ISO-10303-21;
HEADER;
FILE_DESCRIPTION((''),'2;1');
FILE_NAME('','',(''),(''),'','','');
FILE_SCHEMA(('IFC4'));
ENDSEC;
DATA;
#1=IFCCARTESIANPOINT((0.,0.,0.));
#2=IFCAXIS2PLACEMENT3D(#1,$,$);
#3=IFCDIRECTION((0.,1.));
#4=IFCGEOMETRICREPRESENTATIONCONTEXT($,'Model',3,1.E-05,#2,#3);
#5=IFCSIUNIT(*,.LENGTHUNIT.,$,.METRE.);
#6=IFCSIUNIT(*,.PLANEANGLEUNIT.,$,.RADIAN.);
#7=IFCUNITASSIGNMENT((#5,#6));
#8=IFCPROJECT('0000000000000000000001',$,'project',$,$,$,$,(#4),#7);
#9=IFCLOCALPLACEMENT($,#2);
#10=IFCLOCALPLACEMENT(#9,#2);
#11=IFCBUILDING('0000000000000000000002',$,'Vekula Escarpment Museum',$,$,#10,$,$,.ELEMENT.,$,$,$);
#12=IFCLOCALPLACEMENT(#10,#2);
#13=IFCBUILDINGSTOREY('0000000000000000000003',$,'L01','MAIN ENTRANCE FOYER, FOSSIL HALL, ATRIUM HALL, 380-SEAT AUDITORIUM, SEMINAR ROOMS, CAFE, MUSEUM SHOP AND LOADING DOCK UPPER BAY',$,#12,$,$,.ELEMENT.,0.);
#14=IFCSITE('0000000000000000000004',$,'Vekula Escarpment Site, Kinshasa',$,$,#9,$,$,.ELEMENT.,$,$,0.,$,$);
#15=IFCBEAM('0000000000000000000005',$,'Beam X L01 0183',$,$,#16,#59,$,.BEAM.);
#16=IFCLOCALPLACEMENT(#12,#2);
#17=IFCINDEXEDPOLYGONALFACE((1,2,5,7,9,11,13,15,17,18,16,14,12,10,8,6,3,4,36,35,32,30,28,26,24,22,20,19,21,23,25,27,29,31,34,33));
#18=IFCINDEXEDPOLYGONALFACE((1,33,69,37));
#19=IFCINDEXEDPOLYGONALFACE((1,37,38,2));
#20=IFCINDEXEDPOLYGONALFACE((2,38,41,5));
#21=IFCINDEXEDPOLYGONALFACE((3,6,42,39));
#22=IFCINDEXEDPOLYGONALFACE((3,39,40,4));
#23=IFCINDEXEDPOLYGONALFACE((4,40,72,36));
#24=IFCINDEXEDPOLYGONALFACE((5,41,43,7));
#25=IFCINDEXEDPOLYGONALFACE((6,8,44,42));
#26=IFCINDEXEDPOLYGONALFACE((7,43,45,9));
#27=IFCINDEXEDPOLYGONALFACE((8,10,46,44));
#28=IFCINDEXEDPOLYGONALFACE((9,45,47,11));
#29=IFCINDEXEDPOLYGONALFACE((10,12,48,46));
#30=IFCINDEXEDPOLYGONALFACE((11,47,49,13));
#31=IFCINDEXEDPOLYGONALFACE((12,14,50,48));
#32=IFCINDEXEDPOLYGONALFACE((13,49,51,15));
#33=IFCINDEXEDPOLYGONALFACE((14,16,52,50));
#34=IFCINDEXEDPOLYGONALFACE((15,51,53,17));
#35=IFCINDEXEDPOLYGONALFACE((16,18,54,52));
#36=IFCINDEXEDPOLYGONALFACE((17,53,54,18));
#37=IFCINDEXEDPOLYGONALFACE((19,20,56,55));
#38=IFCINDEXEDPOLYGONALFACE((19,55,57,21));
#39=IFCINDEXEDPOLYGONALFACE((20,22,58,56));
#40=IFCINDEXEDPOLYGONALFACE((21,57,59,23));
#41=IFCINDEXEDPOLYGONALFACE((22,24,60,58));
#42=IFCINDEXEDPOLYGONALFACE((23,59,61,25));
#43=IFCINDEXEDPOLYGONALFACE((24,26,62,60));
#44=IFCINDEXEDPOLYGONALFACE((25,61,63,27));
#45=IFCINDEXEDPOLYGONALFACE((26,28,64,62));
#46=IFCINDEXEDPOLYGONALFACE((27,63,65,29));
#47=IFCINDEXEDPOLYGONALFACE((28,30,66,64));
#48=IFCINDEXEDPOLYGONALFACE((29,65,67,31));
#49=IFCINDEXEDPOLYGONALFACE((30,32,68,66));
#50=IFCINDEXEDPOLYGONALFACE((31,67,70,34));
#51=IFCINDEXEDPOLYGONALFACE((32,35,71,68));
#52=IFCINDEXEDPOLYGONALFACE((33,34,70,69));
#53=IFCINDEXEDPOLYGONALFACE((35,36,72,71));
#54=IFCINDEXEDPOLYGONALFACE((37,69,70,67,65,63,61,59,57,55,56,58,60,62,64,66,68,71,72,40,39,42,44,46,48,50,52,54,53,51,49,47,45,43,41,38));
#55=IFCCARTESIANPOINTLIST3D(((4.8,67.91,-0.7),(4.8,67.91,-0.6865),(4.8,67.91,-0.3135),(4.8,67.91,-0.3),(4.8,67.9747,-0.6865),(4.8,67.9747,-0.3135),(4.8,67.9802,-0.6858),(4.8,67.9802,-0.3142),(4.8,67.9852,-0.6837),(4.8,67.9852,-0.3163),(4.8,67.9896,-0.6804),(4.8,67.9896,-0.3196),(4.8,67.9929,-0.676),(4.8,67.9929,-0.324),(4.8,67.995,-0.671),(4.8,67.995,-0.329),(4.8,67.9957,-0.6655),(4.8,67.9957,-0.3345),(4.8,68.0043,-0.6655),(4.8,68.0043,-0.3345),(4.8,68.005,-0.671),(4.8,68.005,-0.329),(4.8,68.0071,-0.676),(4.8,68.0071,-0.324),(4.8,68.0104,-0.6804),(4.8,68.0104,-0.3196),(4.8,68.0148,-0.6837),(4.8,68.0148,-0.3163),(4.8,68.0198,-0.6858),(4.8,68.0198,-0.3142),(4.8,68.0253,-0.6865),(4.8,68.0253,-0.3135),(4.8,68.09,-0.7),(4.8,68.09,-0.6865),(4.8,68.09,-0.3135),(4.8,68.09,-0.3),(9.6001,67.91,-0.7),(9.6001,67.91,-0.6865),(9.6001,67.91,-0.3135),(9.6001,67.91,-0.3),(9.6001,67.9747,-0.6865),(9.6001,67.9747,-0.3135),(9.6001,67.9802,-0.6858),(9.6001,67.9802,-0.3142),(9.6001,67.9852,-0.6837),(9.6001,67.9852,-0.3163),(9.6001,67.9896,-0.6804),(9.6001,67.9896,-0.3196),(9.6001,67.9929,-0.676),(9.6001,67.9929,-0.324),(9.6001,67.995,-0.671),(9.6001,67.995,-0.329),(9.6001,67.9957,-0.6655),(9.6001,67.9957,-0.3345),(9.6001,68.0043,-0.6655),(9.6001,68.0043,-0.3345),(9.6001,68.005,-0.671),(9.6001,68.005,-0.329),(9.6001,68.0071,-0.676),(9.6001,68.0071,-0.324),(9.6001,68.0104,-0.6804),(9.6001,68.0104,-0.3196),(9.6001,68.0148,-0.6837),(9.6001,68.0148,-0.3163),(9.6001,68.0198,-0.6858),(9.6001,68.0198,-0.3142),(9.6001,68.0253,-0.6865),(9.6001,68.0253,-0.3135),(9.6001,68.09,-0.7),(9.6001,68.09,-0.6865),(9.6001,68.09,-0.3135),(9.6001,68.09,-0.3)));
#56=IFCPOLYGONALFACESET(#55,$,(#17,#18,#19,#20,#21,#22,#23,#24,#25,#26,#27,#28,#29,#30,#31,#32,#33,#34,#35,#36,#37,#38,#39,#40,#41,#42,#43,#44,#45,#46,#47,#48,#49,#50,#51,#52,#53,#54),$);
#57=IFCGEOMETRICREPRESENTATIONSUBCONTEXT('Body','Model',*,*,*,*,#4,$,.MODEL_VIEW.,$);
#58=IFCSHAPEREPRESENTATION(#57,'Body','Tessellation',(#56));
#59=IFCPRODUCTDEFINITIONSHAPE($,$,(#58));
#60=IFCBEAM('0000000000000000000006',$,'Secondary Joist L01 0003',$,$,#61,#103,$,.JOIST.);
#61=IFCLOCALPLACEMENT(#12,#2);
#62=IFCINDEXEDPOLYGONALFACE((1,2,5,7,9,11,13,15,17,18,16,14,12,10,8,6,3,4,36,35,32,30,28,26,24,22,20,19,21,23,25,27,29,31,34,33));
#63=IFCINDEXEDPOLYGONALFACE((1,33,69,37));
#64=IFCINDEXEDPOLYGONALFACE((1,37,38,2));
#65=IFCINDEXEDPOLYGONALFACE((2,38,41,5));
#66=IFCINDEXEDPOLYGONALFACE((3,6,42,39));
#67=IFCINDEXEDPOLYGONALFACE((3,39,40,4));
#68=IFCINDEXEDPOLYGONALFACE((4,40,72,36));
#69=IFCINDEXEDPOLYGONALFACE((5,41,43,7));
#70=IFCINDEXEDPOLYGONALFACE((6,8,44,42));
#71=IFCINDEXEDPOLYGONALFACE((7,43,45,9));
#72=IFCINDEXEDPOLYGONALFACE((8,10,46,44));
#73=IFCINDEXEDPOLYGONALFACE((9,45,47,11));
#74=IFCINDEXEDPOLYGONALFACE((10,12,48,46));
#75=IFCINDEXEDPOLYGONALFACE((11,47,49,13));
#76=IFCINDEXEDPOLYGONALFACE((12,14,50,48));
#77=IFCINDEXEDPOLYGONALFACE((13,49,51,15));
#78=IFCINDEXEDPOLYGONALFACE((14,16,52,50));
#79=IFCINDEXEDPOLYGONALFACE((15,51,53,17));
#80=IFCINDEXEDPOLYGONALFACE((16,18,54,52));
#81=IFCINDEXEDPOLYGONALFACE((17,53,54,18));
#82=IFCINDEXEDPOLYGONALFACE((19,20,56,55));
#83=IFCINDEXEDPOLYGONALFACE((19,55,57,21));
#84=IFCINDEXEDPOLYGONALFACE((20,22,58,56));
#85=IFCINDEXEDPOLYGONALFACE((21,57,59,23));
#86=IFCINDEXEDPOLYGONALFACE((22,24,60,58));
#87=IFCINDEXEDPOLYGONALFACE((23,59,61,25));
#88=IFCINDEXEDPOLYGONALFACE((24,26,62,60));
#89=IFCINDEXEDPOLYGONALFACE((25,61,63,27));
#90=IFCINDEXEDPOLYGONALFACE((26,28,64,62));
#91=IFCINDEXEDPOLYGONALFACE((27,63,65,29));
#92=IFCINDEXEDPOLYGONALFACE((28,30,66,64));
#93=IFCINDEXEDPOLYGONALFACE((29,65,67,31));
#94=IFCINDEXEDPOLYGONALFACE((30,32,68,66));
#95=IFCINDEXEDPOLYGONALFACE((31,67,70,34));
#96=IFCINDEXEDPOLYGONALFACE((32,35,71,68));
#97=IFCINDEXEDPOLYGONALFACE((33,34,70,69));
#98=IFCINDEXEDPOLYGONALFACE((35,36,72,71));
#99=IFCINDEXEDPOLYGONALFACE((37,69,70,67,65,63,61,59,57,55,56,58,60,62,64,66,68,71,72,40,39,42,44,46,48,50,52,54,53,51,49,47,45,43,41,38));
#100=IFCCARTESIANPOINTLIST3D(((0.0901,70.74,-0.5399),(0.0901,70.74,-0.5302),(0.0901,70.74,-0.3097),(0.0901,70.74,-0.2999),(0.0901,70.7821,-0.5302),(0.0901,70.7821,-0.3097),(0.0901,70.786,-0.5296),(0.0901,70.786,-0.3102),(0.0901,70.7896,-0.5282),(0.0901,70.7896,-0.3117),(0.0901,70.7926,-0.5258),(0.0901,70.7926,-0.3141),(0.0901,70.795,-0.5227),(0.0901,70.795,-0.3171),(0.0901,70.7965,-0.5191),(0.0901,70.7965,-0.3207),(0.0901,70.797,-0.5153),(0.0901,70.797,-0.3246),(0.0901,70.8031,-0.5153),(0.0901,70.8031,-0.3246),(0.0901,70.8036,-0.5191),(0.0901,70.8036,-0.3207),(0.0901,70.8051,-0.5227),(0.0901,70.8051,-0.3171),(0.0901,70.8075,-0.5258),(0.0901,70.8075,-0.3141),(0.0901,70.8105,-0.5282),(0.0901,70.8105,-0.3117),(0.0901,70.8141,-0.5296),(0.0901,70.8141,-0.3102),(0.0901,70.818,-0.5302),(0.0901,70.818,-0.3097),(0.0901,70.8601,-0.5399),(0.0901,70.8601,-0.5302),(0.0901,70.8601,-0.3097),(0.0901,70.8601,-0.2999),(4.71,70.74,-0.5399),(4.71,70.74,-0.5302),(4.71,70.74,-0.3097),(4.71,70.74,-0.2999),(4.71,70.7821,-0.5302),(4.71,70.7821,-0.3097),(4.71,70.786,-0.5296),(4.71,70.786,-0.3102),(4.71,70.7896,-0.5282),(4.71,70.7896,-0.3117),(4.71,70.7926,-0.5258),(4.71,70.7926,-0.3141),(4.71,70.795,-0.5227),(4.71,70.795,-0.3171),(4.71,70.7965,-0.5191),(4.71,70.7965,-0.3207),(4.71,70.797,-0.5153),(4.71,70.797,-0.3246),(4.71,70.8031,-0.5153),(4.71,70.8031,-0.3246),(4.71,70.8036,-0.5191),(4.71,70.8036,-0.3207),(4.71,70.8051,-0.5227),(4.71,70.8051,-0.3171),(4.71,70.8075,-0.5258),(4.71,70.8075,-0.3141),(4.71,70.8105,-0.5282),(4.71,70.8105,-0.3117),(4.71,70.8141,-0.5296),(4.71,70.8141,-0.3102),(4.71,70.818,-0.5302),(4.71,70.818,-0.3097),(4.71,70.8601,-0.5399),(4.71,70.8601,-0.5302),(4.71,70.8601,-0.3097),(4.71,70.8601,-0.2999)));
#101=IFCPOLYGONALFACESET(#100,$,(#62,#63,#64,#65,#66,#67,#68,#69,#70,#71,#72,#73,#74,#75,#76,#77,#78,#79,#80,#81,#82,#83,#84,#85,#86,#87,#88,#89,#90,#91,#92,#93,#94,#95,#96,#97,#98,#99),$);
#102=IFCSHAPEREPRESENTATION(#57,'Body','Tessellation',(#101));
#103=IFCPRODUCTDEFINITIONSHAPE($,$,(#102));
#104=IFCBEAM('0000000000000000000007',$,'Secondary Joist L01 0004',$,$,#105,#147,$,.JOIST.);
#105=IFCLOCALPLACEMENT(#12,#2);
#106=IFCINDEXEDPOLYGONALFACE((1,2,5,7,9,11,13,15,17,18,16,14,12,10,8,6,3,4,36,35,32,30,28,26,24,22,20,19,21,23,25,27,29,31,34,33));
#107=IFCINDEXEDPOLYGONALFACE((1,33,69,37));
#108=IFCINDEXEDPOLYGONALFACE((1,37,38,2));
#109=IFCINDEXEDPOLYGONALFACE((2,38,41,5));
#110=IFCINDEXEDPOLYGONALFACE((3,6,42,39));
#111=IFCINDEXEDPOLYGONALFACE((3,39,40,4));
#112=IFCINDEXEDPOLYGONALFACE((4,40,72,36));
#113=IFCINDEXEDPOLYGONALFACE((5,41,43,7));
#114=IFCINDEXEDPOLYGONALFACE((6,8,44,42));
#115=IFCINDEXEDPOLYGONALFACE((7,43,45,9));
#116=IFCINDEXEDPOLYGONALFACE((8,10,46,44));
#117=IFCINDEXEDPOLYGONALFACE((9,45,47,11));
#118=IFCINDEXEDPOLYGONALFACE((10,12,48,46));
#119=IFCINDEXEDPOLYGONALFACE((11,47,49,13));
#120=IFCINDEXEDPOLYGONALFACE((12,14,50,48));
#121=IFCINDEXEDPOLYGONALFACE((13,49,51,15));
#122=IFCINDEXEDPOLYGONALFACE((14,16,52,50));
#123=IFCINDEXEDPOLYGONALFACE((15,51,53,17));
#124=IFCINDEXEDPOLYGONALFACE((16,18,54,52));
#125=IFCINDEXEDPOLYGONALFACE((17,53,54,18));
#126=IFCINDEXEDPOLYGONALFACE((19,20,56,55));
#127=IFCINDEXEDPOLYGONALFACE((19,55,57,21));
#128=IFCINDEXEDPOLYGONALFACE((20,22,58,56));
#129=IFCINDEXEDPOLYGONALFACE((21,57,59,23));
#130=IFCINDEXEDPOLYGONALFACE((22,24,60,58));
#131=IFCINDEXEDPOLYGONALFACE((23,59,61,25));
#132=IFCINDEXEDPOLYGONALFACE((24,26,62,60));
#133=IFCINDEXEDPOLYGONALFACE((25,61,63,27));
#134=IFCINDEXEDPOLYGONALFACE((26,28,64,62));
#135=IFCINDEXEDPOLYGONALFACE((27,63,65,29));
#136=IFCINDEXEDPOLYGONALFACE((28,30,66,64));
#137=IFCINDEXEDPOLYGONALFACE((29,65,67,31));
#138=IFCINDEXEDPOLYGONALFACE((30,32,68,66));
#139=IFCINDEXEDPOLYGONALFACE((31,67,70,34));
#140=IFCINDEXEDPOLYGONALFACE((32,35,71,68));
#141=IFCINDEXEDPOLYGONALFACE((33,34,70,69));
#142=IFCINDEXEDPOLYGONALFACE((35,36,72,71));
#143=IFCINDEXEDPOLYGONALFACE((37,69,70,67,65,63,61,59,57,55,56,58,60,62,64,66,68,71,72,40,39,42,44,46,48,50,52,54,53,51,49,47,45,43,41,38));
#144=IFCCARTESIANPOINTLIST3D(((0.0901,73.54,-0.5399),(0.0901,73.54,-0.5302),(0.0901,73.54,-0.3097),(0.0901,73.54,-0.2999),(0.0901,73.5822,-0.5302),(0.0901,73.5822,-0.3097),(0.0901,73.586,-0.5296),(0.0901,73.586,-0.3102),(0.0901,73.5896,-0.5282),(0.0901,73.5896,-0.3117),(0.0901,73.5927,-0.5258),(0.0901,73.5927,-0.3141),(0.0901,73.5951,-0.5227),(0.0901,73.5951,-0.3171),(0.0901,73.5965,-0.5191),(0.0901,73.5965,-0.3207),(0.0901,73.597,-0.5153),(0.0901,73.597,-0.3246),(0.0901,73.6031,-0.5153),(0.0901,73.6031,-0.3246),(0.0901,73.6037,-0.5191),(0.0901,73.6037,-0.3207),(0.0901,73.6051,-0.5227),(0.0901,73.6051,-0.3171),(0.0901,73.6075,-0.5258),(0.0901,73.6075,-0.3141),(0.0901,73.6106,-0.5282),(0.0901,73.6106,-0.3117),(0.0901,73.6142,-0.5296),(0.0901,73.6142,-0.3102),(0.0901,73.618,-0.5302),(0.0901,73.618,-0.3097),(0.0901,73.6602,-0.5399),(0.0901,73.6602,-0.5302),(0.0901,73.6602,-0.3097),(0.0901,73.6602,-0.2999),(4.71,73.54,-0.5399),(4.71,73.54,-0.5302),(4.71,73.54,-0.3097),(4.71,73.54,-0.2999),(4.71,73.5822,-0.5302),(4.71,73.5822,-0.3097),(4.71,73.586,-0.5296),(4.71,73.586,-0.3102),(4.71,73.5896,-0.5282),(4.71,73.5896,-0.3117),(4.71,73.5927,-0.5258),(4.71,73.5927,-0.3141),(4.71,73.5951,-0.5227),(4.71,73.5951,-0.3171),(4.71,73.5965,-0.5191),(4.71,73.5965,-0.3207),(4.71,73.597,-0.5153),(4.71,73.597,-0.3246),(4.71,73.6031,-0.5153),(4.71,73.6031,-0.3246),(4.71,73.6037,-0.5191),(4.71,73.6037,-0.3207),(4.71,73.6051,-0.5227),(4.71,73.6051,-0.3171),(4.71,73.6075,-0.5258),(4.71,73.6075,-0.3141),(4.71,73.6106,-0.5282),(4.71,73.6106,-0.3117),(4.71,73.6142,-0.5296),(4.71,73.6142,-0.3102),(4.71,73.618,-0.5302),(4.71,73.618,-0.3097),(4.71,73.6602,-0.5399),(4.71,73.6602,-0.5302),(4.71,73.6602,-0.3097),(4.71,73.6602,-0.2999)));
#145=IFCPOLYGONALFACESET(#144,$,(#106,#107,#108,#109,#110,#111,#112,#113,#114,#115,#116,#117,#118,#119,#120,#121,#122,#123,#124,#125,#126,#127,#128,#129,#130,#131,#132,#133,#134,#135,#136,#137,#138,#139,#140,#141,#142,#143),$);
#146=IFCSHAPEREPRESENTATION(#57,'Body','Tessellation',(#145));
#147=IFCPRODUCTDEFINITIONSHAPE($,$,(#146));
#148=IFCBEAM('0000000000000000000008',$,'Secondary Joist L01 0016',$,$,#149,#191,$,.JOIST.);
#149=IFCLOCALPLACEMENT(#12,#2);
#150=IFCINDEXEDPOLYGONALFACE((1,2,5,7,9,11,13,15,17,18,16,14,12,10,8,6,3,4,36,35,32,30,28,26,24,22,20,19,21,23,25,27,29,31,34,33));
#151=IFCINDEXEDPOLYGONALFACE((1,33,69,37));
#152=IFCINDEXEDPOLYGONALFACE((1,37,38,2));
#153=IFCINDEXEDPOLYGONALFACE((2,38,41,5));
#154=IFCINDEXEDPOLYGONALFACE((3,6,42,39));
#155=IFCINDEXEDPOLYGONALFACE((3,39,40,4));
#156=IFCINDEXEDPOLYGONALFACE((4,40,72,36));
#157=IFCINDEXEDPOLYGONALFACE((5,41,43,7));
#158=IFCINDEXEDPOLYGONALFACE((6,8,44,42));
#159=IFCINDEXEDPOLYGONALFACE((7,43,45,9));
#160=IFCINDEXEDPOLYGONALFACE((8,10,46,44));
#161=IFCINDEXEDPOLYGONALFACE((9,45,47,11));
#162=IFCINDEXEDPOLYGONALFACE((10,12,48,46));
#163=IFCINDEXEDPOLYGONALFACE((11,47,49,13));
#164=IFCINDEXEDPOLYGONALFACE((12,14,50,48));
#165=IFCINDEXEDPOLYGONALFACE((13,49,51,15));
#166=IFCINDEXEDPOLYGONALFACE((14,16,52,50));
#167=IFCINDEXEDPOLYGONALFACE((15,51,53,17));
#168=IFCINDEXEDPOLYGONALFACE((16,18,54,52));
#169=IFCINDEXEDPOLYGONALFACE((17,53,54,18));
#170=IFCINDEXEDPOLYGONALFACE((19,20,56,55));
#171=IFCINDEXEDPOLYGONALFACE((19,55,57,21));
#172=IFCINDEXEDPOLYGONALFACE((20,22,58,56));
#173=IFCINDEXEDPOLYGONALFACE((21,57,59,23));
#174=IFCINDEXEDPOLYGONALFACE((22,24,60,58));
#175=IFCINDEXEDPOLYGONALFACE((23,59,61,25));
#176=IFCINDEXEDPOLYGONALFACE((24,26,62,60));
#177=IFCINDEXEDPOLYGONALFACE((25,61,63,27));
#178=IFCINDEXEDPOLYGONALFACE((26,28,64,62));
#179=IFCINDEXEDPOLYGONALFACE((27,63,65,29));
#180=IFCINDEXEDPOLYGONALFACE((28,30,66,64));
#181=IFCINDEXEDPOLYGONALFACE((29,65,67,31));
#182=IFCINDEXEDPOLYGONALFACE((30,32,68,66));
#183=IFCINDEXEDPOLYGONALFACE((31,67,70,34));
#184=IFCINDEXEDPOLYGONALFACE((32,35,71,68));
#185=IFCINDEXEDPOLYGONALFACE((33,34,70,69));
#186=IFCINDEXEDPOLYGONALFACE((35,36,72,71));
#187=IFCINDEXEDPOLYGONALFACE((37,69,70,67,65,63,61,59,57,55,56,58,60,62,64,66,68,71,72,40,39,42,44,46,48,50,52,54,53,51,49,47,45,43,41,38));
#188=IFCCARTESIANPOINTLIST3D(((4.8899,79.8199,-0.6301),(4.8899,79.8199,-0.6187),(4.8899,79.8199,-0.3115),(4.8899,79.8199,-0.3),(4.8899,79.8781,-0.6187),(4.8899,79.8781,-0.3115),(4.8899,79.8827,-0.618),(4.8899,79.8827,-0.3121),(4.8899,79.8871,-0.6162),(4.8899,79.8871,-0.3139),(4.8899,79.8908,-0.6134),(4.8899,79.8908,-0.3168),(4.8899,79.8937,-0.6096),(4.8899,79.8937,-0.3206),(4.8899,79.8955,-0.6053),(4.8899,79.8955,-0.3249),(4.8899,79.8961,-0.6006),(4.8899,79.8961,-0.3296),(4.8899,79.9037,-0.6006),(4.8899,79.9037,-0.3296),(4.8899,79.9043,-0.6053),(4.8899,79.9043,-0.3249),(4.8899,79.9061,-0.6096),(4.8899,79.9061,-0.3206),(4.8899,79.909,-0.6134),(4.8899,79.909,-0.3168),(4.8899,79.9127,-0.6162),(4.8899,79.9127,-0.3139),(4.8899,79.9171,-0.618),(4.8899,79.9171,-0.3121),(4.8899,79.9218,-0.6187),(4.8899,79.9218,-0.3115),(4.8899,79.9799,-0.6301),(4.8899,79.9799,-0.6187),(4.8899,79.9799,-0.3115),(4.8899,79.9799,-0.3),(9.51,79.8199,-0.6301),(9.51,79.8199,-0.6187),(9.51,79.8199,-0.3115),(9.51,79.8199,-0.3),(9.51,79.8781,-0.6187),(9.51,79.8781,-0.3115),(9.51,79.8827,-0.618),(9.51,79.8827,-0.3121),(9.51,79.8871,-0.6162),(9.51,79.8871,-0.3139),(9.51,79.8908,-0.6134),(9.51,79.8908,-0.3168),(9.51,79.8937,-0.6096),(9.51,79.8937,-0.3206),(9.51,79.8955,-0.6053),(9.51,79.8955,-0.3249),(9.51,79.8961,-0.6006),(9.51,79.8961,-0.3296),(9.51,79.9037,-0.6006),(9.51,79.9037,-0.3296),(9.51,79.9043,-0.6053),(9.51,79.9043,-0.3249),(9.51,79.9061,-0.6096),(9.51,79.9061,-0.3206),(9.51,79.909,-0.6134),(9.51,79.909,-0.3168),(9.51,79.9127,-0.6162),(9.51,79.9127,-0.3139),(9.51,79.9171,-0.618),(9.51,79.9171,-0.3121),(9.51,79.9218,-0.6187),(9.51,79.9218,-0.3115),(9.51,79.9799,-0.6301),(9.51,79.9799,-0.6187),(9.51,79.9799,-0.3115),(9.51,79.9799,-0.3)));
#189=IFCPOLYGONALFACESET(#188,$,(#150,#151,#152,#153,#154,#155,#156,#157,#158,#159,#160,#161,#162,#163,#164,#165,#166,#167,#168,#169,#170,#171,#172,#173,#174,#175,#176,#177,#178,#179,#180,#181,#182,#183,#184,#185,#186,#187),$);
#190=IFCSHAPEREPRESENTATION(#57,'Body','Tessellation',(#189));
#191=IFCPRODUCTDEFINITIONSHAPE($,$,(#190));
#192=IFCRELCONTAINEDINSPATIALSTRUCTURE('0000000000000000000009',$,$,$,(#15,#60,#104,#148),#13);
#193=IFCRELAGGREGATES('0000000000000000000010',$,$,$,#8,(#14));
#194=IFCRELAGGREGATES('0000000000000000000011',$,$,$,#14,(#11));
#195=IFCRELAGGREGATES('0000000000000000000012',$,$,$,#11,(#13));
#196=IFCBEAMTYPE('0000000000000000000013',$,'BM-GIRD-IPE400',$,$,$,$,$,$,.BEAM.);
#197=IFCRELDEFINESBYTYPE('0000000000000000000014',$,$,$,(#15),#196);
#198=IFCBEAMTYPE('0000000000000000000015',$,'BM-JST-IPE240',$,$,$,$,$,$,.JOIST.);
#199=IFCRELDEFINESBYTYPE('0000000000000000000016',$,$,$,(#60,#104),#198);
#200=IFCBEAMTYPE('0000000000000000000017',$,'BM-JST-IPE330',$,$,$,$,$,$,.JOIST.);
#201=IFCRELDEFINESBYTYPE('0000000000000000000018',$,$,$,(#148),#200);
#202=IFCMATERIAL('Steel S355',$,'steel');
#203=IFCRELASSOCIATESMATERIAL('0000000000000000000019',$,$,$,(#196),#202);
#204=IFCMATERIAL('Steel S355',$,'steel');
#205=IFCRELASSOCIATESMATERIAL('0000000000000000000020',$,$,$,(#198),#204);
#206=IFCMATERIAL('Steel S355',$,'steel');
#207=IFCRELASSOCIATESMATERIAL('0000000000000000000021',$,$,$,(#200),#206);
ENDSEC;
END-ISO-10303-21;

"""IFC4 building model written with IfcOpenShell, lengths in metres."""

from ifc_helpers import new_model, si_unit, direction, frame, origin, origin_2d, place, context, subcontext, project, spatial, i_section, extrude, material, material_profile, profile_set, type_object, element, save


model = new_model("IFC4")

# Units and contexts
model_context = context("Model", 3, precision=1e-05, world=origin(), true_north=direction((0.0, 1.0)))
body_context = subcontext(model_context, "Body", "Model", "MODEL_VIEW")
ifc_project = project(units=[si_unit("LENGTHUNIT", "METRE"), si_unit("PLANEANGLEUNIT", "RADIAN")], contexts=[model_context])

# Site, building, storey
site_placement = place(None, origin())
site = spatial("IfcSite", under=ifc_project, at=site_placement, Name="Vekula Escarpment Site, Kinshasa", CompositionType="ELEMENT", RefElevation=0.0)
building_placement = place(site_placement, origin())
building = spatial("IfcBuilding", under=site, at=building_placement, Name="Vekula Escarpment Museum", CompositionType="ELEMENT")
storey_placement = place(building_placement, origin())
storey = spatial("IfcBuildingStorey", under=building, at=storey_placement, Name="L01", Description="MAIN ENTRANCE FOYER, FOSSIL HALL, ATRIUM HALL, 380-SEAT AUDITORIUM, SEMINAR ROOMS, CAFE, MUSEUM SHOP AND LOADING DOCK UPPER BAY", CompositionType="ELEMENT", Elevation=0.0)

# Beams
ifc_material_1 = material(Name="Steel S355", Category="steel")
ifc_material_profile_1 = material_profile(ifc_material_1, i_section(OverallWidth=0.1799, OverallDepth=0.3999, WebThickness=0.0085, FlangeThickness=0.0134, FilletRadius=0.021, at=origin_2d()), Name="IPE 400")
ifc_profile_set_1 = profile_set([ifc_material_profile_1], Name="Steel S355")
beam_type_1 = type_object("IfcBeamType", Name="BM-GIRD-IPE400", PredefinedType="BEAM", material=ifc_profile_set_1)
beam_1_placement = place(storey_placement, frame((4.8, 68.0, -0.5), z_axis=(1.0, 0.0, 0.0), x_axis=(0.0, 1.0, 0.0)))
element("IfcBeam", 1, at=beam_1_placement, inside=storey, type_object=beam_type_1, Name="Beam X L01 0183", PredefinedType="BEAM", context=body_context, shape_type="SweptSolid", body=[
    extrude(i_section(OverallWidth=0.1799, OverallDepth=0.3999, WebThickness=0.0085, FlangeThickness=0.0134, FilletRadius=0.021, at=origin_2d()), origin(), (0.0, 0.0, 1.0), 4.8),
])
ifc_material_2 = material(Name="Steel S355", Category="steel")
ifc_material_profile_2 = material_profile(ifc_material_2, i_section(OverallWidth=0.1201, OverallDepth=0.24, WebThickness=0.0061, FlangeThickness=0.0098, FilletRadius=0.0149, at=origin_2d()), Name="IPE 240")
ifc_profile_set_2 = profile_set([ifc_material_profile_2], Name="Steel S355")
beam_type_2 = type_object("IfcBeamType", Name="BM-JST-IPE240", PredefinedType="JOIST", material=ifc_profile_set_2)
for number, where, z_axis, x_axis, name in (
    (2, (0.0901, 70.8, -0.4199), (1.0, 0.0, 0.0), (0.0, 1.0, 0.0), "Secondary Joist L01 0003"),
    (3, (0.0901, 73.6001, -0.4199), (1.0, 0.0, 0.0), (0.0, 1.0, 0.0), "Secondary Joist L01 0004"),
):
    element("IfcBeam", number, at=place(storey_placement, frame(where, z_axis=z_axis, x_axis=x_axis)), inside=storey, type_object=beam_type_2, Name=name, PredefinedType="JOIST", context=body_context, shape_type="SweptSolid", body=[
        extrude(i_section(OverallWidth=0.1201, OverallDepth=0.24, WebThickness=0.0061, FlangeThickness=0.0098, FilletRadius=0.0149, at=origin_2d()), origin(), (0.0, 0.0, 1.0), 4.6199),
    ])
ifc_material_3 = material(Name="Steel S355", Category="steel")
ifc_material_profile_3 = material_profile(ifc_material_3, i_section(OverallWidth=0.1599, OverallDepth=0.3301, WebThickness=0.0076, FlangeThickness=0.0115, FilletRadius=0.0181, at=origin_2d()), Name="IPE 330")
ifc_profile_set_3 = profile_set([ifc_material_profile_3], Name="Steel S355")
beam_type_3 = type_object("IfcBeamType", Name="BM-JST-IPE330", PredefinedType="JOIST", material=ifc_profile_set_3)
beam_2_placement = place(storey_placement, frame((4.8899, 79.8999, -0.4651), z_axis=(1.0, 0.0, 0.0), x_axis=(0.0, 1.0, 0.0)))
element("IfcBeam", 4, at=beam_2_placement, inside=storey, type_object=beam_type_3, Name="Secondary Joist L01 0016", PredefinedType="JOIST", context=body_context, shape_type="SweptSolid", body=[
    extrude(i_section(OverallWidth=0.1599, OverallDepth=0.3301, WebThickness=0.0076, FlangeThickness=0.0115, FilletRadius=0.0181, at=origin_2d()), origin(), (0.0, 0.0, 1.0), 4.6201),
])

save(model, "model.ifc")
